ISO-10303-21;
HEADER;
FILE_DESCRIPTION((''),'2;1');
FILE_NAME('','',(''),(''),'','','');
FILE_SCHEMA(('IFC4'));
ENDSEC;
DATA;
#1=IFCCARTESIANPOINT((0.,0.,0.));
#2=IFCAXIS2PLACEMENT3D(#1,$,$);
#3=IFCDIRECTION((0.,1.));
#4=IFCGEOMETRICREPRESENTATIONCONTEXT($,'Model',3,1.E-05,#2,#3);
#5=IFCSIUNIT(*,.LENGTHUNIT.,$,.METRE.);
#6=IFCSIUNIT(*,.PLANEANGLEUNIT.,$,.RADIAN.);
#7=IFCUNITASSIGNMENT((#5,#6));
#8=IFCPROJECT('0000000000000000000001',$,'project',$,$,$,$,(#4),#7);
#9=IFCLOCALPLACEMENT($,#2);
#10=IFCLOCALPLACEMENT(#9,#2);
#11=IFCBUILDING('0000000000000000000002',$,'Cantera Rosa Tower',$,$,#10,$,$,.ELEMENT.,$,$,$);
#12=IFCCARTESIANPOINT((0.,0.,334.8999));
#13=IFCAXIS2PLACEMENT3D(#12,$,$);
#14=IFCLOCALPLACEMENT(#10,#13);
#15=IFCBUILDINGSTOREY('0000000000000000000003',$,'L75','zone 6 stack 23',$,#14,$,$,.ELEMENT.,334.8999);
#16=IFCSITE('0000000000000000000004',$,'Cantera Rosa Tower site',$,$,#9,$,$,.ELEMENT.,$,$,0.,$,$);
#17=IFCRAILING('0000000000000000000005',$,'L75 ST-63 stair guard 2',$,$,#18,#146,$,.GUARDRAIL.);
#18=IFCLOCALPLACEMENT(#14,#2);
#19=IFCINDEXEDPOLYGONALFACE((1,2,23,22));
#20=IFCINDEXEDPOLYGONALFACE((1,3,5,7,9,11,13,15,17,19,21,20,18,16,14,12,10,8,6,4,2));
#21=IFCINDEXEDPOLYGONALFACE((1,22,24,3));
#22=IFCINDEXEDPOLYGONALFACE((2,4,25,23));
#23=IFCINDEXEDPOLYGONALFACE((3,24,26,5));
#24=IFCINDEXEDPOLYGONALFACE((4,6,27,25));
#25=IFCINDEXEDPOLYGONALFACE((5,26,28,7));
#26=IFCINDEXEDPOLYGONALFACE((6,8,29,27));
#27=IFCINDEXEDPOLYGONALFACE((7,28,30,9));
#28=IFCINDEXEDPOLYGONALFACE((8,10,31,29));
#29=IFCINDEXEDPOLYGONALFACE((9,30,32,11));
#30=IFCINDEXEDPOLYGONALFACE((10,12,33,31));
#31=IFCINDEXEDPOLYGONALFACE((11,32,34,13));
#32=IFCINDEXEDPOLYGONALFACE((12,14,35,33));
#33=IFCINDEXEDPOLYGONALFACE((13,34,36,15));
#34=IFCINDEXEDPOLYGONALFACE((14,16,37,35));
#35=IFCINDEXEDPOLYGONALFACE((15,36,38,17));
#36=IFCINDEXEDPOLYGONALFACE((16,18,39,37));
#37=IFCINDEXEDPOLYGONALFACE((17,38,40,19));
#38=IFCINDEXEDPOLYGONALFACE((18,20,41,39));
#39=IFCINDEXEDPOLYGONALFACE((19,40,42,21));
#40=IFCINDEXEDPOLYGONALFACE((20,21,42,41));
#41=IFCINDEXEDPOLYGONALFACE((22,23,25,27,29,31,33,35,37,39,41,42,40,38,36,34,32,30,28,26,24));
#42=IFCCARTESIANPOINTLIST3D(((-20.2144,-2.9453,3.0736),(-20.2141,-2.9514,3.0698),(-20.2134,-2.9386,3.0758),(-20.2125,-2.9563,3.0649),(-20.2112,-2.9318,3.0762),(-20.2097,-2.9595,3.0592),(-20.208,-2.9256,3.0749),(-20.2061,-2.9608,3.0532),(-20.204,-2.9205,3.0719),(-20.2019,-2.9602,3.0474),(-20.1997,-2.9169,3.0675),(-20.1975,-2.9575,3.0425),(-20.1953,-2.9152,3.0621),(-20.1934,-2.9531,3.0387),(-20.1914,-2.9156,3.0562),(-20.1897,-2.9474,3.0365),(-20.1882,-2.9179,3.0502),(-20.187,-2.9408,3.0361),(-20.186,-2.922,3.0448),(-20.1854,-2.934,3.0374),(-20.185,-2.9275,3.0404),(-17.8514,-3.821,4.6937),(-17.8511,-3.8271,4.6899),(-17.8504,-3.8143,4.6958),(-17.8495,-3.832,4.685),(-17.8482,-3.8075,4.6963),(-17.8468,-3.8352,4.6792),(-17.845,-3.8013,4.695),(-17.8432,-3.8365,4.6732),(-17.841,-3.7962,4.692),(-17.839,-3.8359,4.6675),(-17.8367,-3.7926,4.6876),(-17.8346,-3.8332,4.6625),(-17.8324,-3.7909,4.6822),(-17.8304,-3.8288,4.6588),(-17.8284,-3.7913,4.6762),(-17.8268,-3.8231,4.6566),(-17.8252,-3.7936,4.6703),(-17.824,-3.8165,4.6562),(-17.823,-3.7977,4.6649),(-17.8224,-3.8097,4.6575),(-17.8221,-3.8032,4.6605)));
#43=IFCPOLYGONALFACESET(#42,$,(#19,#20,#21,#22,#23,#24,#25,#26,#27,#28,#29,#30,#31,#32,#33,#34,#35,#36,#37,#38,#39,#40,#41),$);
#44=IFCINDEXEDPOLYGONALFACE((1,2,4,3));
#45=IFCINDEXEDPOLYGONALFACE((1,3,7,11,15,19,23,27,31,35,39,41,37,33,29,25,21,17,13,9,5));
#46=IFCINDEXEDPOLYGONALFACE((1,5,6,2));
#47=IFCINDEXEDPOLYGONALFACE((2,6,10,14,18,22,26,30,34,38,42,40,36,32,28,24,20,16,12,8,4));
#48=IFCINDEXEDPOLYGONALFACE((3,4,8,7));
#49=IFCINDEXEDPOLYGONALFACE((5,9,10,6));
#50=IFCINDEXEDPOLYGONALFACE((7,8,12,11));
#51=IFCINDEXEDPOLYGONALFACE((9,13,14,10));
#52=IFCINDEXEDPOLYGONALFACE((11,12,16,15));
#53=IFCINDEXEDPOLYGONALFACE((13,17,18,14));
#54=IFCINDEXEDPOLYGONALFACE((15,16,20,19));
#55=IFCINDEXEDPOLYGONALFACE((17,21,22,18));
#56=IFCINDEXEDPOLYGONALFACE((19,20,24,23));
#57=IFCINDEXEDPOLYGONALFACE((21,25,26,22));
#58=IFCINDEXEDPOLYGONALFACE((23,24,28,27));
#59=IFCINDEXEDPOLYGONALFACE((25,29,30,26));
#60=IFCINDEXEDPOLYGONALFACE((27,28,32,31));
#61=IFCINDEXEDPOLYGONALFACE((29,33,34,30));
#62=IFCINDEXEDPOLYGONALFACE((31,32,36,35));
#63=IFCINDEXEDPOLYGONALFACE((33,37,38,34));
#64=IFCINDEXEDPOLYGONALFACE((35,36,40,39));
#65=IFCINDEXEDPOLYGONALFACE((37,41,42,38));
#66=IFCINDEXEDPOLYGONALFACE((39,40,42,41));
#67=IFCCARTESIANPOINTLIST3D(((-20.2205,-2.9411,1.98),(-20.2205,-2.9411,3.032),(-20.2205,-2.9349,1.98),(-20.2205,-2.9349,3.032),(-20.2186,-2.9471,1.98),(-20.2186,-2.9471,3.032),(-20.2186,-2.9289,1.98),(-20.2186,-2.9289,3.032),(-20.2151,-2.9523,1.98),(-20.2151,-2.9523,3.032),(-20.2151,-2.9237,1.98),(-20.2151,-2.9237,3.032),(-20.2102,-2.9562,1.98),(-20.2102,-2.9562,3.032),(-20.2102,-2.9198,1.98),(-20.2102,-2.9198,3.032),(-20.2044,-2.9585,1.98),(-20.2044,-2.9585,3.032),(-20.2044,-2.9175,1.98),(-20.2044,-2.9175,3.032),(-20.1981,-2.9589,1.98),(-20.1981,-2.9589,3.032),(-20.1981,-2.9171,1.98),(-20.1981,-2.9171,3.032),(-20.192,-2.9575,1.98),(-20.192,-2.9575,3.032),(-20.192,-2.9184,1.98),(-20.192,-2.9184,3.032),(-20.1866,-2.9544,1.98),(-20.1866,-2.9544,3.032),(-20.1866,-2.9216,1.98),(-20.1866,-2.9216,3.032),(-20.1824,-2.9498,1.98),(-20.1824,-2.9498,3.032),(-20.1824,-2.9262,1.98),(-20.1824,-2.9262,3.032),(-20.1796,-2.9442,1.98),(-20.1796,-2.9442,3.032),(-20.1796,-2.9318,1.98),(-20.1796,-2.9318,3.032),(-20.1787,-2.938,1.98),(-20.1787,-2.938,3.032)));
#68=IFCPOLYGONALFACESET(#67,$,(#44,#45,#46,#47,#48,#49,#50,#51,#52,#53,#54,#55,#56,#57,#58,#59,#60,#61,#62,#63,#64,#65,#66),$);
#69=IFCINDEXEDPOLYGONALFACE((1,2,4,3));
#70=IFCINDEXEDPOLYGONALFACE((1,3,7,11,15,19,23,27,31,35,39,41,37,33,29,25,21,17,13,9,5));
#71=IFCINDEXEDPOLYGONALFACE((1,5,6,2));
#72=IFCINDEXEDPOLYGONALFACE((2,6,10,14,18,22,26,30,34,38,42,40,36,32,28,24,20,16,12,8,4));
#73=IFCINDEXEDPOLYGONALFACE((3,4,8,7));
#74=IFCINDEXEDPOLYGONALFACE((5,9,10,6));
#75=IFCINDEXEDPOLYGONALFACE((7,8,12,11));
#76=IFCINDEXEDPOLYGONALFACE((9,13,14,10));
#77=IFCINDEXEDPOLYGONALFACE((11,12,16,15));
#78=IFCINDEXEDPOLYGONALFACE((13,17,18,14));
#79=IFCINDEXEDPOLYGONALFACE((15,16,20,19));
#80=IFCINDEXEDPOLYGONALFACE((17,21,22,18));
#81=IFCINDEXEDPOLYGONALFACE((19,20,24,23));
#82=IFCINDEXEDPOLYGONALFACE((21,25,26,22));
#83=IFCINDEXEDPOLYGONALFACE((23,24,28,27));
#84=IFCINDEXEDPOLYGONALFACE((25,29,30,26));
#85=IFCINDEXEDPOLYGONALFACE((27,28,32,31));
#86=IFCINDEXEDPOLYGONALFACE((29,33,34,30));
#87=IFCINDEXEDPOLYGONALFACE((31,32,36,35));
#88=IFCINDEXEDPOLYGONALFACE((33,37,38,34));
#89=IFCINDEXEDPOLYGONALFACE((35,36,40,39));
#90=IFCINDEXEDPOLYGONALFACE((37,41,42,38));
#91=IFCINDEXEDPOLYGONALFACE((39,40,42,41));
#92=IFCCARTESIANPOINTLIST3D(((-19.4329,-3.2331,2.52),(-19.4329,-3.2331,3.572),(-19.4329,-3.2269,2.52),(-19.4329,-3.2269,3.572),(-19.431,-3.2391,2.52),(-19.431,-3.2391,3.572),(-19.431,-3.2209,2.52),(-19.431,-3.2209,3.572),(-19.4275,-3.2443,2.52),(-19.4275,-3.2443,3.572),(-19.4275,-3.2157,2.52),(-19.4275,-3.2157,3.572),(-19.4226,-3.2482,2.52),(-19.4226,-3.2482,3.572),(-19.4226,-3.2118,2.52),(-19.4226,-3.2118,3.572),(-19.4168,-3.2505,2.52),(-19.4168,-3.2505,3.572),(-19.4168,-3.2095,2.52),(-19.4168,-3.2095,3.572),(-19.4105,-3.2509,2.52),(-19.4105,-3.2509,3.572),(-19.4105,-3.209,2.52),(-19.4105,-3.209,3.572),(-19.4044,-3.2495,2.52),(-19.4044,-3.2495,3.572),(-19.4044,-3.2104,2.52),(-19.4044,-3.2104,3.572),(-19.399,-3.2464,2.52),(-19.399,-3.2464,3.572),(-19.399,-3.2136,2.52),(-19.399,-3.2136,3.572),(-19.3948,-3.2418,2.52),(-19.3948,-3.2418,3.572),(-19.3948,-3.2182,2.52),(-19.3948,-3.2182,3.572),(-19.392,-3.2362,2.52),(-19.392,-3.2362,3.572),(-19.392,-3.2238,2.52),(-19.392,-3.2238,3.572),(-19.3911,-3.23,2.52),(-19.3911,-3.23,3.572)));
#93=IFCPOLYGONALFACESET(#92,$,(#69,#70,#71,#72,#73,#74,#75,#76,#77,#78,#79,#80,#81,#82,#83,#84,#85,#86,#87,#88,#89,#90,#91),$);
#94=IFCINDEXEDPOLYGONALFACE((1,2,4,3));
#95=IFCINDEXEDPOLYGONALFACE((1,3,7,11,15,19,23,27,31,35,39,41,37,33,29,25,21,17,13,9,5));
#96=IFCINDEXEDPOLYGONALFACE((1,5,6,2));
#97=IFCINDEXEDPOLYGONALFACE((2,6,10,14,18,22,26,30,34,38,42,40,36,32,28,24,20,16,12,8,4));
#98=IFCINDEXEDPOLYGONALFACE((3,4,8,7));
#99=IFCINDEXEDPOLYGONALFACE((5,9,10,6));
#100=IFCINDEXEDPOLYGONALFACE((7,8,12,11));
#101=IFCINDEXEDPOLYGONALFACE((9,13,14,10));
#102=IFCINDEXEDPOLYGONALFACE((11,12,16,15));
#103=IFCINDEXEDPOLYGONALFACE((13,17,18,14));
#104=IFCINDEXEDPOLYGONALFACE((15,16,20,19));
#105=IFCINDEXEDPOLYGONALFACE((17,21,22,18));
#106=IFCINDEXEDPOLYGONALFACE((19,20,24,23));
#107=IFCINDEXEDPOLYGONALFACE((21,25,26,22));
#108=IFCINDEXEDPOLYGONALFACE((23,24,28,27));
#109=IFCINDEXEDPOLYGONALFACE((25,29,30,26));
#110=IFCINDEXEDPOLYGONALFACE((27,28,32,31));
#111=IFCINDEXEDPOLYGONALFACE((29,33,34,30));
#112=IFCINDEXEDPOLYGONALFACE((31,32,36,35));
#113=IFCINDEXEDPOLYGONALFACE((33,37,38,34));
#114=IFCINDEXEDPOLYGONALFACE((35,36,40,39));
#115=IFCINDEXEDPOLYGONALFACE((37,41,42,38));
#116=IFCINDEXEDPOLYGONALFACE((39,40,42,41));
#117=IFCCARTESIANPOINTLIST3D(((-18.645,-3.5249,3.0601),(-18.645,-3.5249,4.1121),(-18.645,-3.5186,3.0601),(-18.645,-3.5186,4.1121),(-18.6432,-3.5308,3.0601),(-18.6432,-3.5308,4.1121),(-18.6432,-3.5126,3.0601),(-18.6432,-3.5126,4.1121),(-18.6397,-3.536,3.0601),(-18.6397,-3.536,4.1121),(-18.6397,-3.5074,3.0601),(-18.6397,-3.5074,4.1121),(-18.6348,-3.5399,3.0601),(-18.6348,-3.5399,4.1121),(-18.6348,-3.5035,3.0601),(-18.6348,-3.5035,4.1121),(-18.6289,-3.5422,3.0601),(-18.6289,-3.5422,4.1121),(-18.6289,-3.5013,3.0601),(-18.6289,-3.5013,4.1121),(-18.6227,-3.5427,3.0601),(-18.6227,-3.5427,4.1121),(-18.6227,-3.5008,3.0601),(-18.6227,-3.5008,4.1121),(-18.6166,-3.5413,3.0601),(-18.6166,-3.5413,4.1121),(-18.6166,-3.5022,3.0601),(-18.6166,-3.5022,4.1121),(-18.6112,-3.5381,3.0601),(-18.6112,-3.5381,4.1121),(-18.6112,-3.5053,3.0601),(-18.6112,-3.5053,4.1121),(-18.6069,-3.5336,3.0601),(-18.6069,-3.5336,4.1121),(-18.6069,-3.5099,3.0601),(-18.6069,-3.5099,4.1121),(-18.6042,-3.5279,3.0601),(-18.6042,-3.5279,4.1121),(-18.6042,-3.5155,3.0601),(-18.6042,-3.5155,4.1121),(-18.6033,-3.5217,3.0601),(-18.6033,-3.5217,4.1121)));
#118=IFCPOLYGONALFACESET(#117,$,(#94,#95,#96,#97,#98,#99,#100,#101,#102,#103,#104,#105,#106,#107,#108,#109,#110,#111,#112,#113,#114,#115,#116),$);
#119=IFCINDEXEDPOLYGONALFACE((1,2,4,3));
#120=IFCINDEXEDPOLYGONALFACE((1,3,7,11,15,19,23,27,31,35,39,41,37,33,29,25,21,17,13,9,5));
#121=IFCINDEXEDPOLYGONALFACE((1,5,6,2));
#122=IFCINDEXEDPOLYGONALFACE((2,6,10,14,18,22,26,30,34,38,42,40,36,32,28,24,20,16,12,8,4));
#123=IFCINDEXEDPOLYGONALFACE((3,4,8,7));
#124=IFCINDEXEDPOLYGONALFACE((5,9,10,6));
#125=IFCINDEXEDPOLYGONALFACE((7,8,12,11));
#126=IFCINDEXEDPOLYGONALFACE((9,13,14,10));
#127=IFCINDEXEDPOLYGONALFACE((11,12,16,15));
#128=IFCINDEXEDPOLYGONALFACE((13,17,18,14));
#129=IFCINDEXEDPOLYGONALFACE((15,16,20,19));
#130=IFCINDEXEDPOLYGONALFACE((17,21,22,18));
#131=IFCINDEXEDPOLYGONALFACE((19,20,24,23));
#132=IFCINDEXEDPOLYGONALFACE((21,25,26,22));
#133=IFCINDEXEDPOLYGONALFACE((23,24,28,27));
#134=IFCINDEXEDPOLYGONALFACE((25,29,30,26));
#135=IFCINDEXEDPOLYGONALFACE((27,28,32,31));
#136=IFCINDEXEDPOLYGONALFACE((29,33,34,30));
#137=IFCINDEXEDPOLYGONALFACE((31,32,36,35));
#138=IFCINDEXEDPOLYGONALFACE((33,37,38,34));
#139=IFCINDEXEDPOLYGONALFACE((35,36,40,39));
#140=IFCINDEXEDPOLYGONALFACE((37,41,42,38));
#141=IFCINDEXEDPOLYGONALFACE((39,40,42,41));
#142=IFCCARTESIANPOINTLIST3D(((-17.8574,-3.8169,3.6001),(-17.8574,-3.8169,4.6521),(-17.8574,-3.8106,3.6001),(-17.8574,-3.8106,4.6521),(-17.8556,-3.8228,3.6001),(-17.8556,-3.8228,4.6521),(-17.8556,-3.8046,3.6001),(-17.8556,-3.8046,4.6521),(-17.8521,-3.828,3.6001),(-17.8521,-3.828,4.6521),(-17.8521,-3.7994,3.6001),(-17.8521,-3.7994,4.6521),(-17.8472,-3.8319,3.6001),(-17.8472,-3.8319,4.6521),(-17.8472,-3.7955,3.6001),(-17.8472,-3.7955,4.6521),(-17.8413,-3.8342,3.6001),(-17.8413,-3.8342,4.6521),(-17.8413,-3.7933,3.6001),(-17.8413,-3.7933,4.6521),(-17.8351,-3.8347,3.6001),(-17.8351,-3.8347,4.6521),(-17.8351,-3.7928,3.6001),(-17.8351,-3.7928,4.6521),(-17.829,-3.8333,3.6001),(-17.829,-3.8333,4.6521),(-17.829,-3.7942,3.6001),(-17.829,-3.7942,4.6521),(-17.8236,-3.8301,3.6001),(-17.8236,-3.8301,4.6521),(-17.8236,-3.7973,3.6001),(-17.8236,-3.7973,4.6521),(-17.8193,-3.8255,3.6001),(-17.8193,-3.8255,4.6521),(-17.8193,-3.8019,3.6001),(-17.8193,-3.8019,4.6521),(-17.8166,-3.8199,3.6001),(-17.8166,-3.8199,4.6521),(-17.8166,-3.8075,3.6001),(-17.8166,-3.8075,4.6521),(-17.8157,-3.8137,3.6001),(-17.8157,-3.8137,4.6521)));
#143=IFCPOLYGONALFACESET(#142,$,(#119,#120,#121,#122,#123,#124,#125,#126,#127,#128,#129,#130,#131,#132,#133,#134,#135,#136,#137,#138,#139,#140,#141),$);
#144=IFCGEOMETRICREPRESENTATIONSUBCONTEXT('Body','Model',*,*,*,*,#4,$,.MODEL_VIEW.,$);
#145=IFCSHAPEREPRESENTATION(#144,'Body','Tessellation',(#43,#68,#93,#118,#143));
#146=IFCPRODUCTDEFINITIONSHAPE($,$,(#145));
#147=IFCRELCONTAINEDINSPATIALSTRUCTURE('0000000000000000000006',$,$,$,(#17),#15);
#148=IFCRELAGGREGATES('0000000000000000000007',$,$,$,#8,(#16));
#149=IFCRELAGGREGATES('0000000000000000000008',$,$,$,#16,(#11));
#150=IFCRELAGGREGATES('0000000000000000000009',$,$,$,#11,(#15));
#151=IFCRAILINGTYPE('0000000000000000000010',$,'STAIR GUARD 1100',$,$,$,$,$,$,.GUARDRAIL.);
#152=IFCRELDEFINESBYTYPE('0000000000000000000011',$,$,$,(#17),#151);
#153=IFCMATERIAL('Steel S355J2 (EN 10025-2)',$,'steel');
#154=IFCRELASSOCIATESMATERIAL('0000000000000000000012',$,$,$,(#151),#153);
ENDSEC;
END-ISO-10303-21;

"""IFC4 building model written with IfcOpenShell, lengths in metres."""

from ifc_helpers import new_model, si_unit, direction, frame, origin, origin_2d, place, context, subcontext, project, spatial, circle, extrude, material, type_object, element, save


model = new_model("IFC4")

# Units and contexts
model_context = context("Model", 3, precision=1e-05, world=origin(), true_north=direction((0.0, 1.0)))
body_context = subcontext(model_context, "Body", "Model", "MODEL_VIEW")
ifc_project = project(units=[si_unit("LENGTHUNIT", "METRE"), si_unit("PLANEANGLEUNIT", "RADIAN")], contexts=[model_context])

# Site, building, storey
site_placement = place(None, origin())
site = spatial("IfcSite", under=ifc_project, at=site_placement, Name="Cantera Rosa Tower site", CompositionType="ELEMENT", RefElevation=0.0)
building_placement = place(site_placement, origin())
building = spatial("IfcBuilding", under=site, at=building_placement, Name="Cantera Rosa Tower", CompositionType="ELEMENT")
storey_placement = place(building_placement, frame((0.0, 0.0, 334.8999)))
storey = spatial("IfcBuildingStorey", under=building, at=storey_placement, Name="L75", Description="zone 6 stack 23", CompositionType="ELEMENT", Elevation=334.8999)

# Railing
ifc_material_1 = material(Name="Steel S355J2 (EN 10025-2)", Category="steel")
railing_type_1 = type_object("IfcRailingType", Name="STAIR GUARD 1100", PredefinedType="GUARDRAIL", material=ifc_material_1)
railing_1_placement = place(storey_placement, frame((-20.1997, -2.938, 1.98)))
element("IfcRailing", 1, at=railing_1_placement, inside=storey, type_object=railing_type_1, Name="L75 ST-63 stair guard 2", PredefinedType="GUARDRAIL", context=body_context, shape_type="SweptSolid", body=[
    extrude(circle(Radius=0.0239, at=origin_2d()), frame((0.0, 0.0, 1.0762), z_axis=(0.788748, -0.292307, 0.540772), x_axis=(0.347501, 0.93768, 0.0)), (0.0, 0.0, 1.0), 2.9958),
    extrude(circle(Radius=0.021, at=origin_2d()), origin(), (0.0, 0.0, 1.0), 1.052),
    extrude(circle(Radius=0.021, at=origin_2d()), frame((0.7876, -0.292, 0.54)), (0.0, 0.0, 1.0), 1.052),
    extrude(circle(Radius=0.021, at=origin_2d()), frame((1.5754, -0.5837, 1.0801)), (0.0, 0.0, 1.0), 1.052),
    extrude(circle(Radius=0.021, at=origin_2d()), frame((2.363, -0.8757, 1.6201)), (0.0, 0.0, 1.0), 1.052),
])

save(model, "model.ifc")
